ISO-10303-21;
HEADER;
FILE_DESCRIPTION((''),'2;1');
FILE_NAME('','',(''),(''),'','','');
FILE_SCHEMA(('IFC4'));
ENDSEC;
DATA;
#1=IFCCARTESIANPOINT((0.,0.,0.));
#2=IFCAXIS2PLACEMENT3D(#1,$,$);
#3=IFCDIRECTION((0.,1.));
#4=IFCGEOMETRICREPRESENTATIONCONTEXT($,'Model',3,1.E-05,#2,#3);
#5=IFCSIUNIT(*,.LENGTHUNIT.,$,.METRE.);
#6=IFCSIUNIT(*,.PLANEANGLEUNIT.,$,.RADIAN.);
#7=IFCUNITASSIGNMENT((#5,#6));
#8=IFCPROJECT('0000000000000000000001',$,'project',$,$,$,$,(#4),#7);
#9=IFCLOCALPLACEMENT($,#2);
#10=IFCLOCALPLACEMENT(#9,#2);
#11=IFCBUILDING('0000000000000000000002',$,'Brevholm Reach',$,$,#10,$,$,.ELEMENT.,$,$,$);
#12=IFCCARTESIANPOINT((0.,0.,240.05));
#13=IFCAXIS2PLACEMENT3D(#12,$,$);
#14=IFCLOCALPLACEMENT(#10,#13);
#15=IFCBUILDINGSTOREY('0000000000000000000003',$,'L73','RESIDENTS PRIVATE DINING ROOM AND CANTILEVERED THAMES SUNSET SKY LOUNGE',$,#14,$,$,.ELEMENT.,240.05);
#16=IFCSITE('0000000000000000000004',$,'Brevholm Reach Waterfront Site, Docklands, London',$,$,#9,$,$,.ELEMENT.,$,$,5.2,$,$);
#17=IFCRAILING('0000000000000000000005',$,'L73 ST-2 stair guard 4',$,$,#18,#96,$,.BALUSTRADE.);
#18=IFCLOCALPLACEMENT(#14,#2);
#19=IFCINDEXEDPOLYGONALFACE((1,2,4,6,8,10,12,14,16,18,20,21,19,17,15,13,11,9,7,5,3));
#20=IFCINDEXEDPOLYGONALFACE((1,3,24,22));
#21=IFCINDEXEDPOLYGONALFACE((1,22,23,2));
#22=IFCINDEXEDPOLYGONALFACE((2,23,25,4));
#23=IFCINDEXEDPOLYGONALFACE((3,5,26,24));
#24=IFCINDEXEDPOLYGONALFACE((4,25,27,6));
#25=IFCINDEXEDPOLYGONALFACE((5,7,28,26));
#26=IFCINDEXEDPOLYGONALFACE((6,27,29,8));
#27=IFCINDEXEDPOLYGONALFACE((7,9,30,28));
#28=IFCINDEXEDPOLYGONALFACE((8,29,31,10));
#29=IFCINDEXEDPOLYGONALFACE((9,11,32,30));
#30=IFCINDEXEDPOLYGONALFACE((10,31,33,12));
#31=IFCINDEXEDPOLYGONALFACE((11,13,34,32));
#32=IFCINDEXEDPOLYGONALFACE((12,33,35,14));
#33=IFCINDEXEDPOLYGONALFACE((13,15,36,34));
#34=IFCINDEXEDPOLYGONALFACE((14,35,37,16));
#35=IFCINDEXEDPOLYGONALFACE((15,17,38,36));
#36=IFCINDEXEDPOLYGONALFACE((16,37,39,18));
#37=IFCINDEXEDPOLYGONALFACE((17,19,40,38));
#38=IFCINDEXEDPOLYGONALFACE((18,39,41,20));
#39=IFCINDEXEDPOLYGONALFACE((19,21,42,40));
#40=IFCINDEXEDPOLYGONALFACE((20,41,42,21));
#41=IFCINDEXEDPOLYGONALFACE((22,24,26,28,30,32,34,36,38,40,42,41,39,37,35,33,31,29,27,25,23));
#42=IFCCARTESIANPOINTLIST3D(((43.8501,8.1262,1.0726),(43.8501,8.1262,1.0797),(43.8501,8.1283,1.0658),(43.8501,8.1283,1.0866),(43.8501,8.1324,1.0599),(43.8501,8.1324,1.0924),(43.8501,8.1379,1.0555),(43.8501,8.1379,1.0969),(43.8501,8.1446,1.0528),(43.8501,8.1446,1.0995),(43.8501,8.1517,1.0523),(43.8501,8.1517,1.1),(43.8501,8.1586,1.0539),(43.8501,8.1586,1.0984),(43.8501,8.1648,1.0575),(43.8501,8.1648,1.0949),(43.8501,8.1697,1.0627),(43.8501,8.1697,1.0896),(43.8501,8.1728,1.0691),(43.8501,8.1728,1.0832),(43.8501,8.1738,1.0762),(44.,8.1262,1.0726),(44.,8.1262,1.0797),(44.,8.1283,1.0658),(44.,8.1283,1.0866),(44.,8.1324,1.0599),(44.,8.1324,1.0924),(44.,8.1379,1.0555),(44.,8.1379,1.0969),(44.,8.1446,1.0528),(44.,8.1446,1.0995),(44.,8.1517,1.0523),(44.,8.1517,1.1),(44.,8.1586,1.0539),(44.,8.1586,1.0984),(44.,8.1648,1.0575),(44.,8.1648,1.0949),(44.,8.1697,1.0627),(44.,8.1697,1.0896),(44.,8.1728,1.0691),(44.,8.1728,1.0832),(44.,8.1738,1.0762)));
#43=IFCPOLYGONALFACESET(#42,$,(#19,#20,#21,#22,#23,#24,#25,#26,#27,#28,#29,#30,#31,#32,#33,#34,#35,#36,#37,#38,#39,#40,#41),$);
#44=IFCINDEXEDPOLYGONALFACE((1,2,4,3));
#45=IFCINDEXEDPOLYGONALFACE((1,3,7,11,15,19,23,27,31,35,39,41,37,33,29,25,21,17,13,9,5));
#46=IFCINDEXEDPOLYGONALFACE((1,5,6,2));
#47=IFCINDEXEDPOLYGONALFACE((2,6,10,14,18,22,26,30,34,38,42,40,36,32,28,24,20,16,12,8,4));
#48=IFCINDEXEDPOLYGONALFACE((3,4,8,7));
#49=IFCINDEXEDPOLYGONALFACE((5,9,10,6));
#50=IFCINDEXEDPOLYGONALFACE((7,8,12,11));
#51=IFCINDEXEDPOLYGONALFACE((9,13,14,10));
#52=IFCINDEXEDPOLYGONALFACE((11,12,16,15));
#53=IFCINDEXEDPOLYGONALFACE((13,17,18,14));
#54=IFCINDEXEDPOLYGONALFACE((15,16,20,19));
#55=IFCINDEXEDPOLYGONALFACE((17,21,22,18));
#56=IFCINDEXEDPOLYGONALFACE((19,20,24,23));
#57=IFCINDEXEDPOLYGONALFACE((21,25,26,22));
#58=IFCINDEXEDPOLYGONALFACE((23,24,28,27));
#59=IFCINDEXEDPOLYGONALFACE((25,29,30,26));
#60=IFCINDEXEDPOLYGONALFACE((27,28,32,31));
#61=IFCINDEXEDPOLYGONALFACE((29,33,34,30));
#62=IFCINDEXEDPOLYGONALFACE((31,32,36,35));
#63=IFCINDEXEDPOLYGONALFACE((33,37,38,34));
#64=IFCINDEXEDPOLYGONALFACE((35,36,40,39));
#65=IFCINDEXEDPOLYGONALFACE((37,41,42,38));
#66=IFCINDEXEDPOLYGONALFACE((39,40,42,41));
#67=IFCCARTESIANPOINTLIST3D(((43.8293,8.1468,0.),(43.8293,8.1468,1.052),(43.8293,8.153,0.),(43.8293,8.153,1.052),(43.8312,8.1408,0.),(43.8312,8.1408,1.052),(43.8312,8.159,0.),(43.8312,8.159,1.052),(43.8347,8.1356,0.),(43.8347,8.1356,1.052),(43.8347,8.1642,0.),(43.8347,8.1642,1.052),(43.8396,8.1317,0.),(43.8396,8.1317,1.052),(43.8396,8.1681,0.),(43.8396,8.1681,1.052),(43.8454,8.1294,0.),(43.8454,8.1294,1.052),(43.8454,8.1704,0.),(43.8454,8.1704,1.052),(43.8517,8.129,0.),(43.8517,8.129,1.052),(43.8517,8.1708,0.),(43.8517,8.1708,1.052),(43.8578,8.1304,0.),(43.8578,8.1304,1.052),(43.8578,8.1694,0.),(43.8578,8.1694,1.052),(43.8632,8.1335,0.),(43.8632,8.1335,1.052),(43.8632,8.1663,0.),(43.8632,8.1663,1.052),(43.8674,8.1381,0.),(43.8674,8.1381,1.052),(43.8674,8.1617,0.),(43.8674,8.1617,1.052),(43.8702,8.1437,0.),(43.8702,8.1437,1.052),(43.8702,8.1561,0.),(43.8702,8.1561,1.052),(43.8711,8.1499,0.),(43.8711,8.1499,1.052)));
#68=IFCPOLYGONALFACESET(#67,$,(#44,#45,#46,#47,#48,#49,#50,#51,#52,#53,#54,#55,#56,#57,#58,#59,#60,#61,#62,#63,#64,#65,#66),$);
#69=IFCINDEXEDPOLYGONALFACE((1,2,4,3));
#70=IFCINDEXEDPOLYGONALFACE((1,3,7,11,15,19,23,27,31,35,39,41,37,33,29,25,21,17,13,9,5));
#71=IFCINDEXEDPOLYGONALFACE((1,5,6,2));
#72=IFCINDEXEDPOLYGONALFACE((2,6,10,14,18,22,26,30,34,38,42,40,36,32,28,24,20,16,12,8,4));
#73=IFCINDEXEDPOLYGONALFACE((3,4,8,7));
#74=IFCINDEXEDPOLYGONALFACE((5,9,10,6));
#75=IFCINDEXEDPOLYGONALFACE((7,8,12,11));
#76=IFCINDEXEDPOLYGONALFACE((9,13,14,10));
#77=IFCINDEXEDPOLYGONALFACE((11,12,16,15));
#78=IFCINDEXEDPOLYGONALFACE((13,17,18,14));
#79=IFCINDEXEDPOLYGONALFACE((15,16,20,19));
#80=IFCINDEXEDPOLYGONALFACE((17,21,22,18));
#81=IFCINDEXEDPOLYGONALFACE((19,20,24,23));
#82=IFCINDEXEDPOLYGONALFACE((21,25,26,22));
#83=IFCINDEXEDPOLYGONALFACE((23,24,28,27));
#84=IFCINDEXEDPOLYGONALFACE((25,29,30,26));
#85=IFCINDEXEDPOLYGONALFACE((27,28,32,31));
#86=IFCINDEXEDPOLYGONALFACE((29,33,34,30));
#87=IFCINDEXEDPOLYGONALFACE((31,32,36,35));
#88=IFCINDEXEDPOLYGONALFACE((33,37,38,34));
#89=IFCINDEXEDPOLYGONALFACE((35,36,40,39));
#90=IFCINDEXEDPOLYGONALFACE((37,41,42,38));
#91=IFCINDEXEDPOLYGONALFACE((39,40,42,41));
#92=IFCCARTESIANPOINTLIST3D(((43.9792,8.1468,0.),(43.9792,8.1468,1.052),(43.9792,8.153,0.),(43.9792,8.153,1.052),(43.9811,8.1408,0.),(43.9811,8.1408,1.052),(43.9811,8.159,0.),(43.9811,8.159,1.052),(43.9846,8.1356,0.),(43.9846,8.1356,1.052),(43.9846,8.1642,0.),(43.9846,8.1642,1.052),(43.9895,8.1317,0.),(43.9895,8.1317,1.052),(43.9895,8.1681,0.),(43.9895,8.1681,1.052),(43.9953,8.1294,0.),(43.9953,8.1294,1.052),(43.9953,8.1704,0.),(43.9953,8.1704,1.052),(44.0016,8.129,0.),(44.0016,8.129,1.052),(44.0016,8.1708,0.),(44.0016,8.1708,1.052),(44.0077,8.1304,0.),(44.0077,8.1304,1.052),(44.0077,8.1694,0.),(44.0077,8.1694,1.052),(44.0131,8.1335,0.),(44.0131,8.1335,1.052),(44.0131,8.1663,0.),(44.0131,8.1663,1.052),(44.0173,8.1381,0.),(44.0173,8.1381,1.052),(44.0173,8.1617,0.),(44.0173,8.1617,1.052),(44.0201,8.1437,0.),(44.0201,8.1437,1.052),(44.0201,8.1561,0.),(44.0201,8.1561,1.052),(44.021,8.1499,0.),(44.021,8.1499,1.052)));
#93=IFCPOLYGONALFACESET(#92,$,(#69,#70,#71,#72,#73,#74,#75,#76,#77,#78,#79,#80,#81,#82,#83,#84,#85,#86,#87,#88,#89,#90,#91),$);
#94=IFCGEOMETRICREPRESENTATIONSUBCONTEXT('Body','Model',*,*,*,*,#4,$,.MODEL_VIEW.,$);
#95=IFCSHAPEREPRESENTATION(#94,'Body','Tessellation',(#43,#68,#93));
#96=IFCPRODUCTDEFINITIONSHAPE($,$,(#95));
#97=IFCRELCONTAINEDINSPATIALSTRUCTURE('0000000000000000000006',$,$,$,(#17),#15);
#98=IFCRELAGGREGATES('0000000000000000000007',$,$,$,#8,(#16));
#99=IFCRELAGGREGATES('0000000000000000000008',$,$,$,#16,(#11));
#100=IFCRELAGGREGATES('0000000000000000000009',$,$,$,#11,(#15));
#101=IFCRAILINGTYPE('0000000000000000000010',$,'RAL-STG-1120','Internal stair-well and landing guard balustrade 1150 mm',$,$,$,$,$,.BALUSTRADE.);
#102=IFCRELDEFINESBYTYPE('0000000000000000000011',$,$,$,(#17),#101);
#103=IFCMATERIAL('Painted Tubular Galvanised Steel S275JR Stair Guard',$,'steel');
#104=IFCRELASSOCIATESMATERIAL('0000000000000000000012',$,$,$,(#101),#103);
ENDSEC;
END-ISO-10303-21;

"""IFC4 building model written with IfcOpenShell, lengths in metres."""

from ifc_helpers import new_model, si_unit, direction, frame, origin, origin_2d, place, context, subcontext, project, spatial, circle, extrude, material, type_object, element, save


model = new_model("IFC4")

# Units and contexts
model_context = context("Model", 3, precision=1e-05, world=origin(), true_north=direction((0.0, 1.0)))
body_context = subcontext(model_context, "Body", "Model", "MODEL_VIEW")
ifc_project = project(units=[si_unit("LENGTHUNIT", "METRE"), si_unit("PLANEANGLEUNIT", "RADIAN")], contexts=[model_context])

# Site, building, storey
site_placement = place(None, origin())
site = spatial("IfcSite", under=ifc_project, at=site_placement, Name="Brevholm Reach Waterfront Site, Docklands, London", CompositionType="ELEMENT", RefElevation=5.2)
building_placement = place(site_placement, origin())
building = spatial("IfcBuilding", under=site, at=building_placement, Name="Brevholm Reach", CompositionType="ELEMENT")
storey_placement = place(building_placement, frame((0.0, 0.0, 240.05)))
storey = spatial("IfcBuildingStorey", under=building, at=storey_placement, Name="L73", Description="RESIDENTS PRIVATE DINING ROOM AND CANTILEVERED THAMES SUNSET SKY LOUNGE", CompositionType="ELEMENT", Elevation=240.05)

# Railing
ifc_material_1 = material(Name="Painted Tubular Galvanised Steel S275JR Stair Guard", Category="steel")
railing_type_1 = type_object("IfcRailingType", Name="RAL-STG-1120", Description="Internal stair-well and landing guard balustrade 1150 mm", PredefinedType="BALUSTRADE", material=ifc_material_1)
railing_1_placement = place(storey_placement, frame((43.8501, 8.1499, 0.0)))
element("IfcRailing", 1, at=railing_1_placement, inside=storey, type_object=railing_type_1, Name="L73 ST-2 stair guard 4", PredefinedType="BALUSTRADE", context=body_context, shape_type="SweptSolid", body=[
    extrude(circle(Radius=0.0239, at=origin_2d()), frame((0.0, 0.0, 1.0762), z_axis=(1.0, 0.0, 0.0), x_axis=(0.0, 1.0, 0.0)), (0.0, 0.0, 1.0), 0.1499),
    extrude(circle(Radius=0.021, at=origin_2d()), origin(), (0.0, 0.0, 1.0), 1.052),
    extrude(circle(Radius=0.021, at=origin_2d()), frame((0.1499, 0.0, 0.0)), (0.0, 0.0, 1.0), 1.052),
])

save(model, "model.ifc")
